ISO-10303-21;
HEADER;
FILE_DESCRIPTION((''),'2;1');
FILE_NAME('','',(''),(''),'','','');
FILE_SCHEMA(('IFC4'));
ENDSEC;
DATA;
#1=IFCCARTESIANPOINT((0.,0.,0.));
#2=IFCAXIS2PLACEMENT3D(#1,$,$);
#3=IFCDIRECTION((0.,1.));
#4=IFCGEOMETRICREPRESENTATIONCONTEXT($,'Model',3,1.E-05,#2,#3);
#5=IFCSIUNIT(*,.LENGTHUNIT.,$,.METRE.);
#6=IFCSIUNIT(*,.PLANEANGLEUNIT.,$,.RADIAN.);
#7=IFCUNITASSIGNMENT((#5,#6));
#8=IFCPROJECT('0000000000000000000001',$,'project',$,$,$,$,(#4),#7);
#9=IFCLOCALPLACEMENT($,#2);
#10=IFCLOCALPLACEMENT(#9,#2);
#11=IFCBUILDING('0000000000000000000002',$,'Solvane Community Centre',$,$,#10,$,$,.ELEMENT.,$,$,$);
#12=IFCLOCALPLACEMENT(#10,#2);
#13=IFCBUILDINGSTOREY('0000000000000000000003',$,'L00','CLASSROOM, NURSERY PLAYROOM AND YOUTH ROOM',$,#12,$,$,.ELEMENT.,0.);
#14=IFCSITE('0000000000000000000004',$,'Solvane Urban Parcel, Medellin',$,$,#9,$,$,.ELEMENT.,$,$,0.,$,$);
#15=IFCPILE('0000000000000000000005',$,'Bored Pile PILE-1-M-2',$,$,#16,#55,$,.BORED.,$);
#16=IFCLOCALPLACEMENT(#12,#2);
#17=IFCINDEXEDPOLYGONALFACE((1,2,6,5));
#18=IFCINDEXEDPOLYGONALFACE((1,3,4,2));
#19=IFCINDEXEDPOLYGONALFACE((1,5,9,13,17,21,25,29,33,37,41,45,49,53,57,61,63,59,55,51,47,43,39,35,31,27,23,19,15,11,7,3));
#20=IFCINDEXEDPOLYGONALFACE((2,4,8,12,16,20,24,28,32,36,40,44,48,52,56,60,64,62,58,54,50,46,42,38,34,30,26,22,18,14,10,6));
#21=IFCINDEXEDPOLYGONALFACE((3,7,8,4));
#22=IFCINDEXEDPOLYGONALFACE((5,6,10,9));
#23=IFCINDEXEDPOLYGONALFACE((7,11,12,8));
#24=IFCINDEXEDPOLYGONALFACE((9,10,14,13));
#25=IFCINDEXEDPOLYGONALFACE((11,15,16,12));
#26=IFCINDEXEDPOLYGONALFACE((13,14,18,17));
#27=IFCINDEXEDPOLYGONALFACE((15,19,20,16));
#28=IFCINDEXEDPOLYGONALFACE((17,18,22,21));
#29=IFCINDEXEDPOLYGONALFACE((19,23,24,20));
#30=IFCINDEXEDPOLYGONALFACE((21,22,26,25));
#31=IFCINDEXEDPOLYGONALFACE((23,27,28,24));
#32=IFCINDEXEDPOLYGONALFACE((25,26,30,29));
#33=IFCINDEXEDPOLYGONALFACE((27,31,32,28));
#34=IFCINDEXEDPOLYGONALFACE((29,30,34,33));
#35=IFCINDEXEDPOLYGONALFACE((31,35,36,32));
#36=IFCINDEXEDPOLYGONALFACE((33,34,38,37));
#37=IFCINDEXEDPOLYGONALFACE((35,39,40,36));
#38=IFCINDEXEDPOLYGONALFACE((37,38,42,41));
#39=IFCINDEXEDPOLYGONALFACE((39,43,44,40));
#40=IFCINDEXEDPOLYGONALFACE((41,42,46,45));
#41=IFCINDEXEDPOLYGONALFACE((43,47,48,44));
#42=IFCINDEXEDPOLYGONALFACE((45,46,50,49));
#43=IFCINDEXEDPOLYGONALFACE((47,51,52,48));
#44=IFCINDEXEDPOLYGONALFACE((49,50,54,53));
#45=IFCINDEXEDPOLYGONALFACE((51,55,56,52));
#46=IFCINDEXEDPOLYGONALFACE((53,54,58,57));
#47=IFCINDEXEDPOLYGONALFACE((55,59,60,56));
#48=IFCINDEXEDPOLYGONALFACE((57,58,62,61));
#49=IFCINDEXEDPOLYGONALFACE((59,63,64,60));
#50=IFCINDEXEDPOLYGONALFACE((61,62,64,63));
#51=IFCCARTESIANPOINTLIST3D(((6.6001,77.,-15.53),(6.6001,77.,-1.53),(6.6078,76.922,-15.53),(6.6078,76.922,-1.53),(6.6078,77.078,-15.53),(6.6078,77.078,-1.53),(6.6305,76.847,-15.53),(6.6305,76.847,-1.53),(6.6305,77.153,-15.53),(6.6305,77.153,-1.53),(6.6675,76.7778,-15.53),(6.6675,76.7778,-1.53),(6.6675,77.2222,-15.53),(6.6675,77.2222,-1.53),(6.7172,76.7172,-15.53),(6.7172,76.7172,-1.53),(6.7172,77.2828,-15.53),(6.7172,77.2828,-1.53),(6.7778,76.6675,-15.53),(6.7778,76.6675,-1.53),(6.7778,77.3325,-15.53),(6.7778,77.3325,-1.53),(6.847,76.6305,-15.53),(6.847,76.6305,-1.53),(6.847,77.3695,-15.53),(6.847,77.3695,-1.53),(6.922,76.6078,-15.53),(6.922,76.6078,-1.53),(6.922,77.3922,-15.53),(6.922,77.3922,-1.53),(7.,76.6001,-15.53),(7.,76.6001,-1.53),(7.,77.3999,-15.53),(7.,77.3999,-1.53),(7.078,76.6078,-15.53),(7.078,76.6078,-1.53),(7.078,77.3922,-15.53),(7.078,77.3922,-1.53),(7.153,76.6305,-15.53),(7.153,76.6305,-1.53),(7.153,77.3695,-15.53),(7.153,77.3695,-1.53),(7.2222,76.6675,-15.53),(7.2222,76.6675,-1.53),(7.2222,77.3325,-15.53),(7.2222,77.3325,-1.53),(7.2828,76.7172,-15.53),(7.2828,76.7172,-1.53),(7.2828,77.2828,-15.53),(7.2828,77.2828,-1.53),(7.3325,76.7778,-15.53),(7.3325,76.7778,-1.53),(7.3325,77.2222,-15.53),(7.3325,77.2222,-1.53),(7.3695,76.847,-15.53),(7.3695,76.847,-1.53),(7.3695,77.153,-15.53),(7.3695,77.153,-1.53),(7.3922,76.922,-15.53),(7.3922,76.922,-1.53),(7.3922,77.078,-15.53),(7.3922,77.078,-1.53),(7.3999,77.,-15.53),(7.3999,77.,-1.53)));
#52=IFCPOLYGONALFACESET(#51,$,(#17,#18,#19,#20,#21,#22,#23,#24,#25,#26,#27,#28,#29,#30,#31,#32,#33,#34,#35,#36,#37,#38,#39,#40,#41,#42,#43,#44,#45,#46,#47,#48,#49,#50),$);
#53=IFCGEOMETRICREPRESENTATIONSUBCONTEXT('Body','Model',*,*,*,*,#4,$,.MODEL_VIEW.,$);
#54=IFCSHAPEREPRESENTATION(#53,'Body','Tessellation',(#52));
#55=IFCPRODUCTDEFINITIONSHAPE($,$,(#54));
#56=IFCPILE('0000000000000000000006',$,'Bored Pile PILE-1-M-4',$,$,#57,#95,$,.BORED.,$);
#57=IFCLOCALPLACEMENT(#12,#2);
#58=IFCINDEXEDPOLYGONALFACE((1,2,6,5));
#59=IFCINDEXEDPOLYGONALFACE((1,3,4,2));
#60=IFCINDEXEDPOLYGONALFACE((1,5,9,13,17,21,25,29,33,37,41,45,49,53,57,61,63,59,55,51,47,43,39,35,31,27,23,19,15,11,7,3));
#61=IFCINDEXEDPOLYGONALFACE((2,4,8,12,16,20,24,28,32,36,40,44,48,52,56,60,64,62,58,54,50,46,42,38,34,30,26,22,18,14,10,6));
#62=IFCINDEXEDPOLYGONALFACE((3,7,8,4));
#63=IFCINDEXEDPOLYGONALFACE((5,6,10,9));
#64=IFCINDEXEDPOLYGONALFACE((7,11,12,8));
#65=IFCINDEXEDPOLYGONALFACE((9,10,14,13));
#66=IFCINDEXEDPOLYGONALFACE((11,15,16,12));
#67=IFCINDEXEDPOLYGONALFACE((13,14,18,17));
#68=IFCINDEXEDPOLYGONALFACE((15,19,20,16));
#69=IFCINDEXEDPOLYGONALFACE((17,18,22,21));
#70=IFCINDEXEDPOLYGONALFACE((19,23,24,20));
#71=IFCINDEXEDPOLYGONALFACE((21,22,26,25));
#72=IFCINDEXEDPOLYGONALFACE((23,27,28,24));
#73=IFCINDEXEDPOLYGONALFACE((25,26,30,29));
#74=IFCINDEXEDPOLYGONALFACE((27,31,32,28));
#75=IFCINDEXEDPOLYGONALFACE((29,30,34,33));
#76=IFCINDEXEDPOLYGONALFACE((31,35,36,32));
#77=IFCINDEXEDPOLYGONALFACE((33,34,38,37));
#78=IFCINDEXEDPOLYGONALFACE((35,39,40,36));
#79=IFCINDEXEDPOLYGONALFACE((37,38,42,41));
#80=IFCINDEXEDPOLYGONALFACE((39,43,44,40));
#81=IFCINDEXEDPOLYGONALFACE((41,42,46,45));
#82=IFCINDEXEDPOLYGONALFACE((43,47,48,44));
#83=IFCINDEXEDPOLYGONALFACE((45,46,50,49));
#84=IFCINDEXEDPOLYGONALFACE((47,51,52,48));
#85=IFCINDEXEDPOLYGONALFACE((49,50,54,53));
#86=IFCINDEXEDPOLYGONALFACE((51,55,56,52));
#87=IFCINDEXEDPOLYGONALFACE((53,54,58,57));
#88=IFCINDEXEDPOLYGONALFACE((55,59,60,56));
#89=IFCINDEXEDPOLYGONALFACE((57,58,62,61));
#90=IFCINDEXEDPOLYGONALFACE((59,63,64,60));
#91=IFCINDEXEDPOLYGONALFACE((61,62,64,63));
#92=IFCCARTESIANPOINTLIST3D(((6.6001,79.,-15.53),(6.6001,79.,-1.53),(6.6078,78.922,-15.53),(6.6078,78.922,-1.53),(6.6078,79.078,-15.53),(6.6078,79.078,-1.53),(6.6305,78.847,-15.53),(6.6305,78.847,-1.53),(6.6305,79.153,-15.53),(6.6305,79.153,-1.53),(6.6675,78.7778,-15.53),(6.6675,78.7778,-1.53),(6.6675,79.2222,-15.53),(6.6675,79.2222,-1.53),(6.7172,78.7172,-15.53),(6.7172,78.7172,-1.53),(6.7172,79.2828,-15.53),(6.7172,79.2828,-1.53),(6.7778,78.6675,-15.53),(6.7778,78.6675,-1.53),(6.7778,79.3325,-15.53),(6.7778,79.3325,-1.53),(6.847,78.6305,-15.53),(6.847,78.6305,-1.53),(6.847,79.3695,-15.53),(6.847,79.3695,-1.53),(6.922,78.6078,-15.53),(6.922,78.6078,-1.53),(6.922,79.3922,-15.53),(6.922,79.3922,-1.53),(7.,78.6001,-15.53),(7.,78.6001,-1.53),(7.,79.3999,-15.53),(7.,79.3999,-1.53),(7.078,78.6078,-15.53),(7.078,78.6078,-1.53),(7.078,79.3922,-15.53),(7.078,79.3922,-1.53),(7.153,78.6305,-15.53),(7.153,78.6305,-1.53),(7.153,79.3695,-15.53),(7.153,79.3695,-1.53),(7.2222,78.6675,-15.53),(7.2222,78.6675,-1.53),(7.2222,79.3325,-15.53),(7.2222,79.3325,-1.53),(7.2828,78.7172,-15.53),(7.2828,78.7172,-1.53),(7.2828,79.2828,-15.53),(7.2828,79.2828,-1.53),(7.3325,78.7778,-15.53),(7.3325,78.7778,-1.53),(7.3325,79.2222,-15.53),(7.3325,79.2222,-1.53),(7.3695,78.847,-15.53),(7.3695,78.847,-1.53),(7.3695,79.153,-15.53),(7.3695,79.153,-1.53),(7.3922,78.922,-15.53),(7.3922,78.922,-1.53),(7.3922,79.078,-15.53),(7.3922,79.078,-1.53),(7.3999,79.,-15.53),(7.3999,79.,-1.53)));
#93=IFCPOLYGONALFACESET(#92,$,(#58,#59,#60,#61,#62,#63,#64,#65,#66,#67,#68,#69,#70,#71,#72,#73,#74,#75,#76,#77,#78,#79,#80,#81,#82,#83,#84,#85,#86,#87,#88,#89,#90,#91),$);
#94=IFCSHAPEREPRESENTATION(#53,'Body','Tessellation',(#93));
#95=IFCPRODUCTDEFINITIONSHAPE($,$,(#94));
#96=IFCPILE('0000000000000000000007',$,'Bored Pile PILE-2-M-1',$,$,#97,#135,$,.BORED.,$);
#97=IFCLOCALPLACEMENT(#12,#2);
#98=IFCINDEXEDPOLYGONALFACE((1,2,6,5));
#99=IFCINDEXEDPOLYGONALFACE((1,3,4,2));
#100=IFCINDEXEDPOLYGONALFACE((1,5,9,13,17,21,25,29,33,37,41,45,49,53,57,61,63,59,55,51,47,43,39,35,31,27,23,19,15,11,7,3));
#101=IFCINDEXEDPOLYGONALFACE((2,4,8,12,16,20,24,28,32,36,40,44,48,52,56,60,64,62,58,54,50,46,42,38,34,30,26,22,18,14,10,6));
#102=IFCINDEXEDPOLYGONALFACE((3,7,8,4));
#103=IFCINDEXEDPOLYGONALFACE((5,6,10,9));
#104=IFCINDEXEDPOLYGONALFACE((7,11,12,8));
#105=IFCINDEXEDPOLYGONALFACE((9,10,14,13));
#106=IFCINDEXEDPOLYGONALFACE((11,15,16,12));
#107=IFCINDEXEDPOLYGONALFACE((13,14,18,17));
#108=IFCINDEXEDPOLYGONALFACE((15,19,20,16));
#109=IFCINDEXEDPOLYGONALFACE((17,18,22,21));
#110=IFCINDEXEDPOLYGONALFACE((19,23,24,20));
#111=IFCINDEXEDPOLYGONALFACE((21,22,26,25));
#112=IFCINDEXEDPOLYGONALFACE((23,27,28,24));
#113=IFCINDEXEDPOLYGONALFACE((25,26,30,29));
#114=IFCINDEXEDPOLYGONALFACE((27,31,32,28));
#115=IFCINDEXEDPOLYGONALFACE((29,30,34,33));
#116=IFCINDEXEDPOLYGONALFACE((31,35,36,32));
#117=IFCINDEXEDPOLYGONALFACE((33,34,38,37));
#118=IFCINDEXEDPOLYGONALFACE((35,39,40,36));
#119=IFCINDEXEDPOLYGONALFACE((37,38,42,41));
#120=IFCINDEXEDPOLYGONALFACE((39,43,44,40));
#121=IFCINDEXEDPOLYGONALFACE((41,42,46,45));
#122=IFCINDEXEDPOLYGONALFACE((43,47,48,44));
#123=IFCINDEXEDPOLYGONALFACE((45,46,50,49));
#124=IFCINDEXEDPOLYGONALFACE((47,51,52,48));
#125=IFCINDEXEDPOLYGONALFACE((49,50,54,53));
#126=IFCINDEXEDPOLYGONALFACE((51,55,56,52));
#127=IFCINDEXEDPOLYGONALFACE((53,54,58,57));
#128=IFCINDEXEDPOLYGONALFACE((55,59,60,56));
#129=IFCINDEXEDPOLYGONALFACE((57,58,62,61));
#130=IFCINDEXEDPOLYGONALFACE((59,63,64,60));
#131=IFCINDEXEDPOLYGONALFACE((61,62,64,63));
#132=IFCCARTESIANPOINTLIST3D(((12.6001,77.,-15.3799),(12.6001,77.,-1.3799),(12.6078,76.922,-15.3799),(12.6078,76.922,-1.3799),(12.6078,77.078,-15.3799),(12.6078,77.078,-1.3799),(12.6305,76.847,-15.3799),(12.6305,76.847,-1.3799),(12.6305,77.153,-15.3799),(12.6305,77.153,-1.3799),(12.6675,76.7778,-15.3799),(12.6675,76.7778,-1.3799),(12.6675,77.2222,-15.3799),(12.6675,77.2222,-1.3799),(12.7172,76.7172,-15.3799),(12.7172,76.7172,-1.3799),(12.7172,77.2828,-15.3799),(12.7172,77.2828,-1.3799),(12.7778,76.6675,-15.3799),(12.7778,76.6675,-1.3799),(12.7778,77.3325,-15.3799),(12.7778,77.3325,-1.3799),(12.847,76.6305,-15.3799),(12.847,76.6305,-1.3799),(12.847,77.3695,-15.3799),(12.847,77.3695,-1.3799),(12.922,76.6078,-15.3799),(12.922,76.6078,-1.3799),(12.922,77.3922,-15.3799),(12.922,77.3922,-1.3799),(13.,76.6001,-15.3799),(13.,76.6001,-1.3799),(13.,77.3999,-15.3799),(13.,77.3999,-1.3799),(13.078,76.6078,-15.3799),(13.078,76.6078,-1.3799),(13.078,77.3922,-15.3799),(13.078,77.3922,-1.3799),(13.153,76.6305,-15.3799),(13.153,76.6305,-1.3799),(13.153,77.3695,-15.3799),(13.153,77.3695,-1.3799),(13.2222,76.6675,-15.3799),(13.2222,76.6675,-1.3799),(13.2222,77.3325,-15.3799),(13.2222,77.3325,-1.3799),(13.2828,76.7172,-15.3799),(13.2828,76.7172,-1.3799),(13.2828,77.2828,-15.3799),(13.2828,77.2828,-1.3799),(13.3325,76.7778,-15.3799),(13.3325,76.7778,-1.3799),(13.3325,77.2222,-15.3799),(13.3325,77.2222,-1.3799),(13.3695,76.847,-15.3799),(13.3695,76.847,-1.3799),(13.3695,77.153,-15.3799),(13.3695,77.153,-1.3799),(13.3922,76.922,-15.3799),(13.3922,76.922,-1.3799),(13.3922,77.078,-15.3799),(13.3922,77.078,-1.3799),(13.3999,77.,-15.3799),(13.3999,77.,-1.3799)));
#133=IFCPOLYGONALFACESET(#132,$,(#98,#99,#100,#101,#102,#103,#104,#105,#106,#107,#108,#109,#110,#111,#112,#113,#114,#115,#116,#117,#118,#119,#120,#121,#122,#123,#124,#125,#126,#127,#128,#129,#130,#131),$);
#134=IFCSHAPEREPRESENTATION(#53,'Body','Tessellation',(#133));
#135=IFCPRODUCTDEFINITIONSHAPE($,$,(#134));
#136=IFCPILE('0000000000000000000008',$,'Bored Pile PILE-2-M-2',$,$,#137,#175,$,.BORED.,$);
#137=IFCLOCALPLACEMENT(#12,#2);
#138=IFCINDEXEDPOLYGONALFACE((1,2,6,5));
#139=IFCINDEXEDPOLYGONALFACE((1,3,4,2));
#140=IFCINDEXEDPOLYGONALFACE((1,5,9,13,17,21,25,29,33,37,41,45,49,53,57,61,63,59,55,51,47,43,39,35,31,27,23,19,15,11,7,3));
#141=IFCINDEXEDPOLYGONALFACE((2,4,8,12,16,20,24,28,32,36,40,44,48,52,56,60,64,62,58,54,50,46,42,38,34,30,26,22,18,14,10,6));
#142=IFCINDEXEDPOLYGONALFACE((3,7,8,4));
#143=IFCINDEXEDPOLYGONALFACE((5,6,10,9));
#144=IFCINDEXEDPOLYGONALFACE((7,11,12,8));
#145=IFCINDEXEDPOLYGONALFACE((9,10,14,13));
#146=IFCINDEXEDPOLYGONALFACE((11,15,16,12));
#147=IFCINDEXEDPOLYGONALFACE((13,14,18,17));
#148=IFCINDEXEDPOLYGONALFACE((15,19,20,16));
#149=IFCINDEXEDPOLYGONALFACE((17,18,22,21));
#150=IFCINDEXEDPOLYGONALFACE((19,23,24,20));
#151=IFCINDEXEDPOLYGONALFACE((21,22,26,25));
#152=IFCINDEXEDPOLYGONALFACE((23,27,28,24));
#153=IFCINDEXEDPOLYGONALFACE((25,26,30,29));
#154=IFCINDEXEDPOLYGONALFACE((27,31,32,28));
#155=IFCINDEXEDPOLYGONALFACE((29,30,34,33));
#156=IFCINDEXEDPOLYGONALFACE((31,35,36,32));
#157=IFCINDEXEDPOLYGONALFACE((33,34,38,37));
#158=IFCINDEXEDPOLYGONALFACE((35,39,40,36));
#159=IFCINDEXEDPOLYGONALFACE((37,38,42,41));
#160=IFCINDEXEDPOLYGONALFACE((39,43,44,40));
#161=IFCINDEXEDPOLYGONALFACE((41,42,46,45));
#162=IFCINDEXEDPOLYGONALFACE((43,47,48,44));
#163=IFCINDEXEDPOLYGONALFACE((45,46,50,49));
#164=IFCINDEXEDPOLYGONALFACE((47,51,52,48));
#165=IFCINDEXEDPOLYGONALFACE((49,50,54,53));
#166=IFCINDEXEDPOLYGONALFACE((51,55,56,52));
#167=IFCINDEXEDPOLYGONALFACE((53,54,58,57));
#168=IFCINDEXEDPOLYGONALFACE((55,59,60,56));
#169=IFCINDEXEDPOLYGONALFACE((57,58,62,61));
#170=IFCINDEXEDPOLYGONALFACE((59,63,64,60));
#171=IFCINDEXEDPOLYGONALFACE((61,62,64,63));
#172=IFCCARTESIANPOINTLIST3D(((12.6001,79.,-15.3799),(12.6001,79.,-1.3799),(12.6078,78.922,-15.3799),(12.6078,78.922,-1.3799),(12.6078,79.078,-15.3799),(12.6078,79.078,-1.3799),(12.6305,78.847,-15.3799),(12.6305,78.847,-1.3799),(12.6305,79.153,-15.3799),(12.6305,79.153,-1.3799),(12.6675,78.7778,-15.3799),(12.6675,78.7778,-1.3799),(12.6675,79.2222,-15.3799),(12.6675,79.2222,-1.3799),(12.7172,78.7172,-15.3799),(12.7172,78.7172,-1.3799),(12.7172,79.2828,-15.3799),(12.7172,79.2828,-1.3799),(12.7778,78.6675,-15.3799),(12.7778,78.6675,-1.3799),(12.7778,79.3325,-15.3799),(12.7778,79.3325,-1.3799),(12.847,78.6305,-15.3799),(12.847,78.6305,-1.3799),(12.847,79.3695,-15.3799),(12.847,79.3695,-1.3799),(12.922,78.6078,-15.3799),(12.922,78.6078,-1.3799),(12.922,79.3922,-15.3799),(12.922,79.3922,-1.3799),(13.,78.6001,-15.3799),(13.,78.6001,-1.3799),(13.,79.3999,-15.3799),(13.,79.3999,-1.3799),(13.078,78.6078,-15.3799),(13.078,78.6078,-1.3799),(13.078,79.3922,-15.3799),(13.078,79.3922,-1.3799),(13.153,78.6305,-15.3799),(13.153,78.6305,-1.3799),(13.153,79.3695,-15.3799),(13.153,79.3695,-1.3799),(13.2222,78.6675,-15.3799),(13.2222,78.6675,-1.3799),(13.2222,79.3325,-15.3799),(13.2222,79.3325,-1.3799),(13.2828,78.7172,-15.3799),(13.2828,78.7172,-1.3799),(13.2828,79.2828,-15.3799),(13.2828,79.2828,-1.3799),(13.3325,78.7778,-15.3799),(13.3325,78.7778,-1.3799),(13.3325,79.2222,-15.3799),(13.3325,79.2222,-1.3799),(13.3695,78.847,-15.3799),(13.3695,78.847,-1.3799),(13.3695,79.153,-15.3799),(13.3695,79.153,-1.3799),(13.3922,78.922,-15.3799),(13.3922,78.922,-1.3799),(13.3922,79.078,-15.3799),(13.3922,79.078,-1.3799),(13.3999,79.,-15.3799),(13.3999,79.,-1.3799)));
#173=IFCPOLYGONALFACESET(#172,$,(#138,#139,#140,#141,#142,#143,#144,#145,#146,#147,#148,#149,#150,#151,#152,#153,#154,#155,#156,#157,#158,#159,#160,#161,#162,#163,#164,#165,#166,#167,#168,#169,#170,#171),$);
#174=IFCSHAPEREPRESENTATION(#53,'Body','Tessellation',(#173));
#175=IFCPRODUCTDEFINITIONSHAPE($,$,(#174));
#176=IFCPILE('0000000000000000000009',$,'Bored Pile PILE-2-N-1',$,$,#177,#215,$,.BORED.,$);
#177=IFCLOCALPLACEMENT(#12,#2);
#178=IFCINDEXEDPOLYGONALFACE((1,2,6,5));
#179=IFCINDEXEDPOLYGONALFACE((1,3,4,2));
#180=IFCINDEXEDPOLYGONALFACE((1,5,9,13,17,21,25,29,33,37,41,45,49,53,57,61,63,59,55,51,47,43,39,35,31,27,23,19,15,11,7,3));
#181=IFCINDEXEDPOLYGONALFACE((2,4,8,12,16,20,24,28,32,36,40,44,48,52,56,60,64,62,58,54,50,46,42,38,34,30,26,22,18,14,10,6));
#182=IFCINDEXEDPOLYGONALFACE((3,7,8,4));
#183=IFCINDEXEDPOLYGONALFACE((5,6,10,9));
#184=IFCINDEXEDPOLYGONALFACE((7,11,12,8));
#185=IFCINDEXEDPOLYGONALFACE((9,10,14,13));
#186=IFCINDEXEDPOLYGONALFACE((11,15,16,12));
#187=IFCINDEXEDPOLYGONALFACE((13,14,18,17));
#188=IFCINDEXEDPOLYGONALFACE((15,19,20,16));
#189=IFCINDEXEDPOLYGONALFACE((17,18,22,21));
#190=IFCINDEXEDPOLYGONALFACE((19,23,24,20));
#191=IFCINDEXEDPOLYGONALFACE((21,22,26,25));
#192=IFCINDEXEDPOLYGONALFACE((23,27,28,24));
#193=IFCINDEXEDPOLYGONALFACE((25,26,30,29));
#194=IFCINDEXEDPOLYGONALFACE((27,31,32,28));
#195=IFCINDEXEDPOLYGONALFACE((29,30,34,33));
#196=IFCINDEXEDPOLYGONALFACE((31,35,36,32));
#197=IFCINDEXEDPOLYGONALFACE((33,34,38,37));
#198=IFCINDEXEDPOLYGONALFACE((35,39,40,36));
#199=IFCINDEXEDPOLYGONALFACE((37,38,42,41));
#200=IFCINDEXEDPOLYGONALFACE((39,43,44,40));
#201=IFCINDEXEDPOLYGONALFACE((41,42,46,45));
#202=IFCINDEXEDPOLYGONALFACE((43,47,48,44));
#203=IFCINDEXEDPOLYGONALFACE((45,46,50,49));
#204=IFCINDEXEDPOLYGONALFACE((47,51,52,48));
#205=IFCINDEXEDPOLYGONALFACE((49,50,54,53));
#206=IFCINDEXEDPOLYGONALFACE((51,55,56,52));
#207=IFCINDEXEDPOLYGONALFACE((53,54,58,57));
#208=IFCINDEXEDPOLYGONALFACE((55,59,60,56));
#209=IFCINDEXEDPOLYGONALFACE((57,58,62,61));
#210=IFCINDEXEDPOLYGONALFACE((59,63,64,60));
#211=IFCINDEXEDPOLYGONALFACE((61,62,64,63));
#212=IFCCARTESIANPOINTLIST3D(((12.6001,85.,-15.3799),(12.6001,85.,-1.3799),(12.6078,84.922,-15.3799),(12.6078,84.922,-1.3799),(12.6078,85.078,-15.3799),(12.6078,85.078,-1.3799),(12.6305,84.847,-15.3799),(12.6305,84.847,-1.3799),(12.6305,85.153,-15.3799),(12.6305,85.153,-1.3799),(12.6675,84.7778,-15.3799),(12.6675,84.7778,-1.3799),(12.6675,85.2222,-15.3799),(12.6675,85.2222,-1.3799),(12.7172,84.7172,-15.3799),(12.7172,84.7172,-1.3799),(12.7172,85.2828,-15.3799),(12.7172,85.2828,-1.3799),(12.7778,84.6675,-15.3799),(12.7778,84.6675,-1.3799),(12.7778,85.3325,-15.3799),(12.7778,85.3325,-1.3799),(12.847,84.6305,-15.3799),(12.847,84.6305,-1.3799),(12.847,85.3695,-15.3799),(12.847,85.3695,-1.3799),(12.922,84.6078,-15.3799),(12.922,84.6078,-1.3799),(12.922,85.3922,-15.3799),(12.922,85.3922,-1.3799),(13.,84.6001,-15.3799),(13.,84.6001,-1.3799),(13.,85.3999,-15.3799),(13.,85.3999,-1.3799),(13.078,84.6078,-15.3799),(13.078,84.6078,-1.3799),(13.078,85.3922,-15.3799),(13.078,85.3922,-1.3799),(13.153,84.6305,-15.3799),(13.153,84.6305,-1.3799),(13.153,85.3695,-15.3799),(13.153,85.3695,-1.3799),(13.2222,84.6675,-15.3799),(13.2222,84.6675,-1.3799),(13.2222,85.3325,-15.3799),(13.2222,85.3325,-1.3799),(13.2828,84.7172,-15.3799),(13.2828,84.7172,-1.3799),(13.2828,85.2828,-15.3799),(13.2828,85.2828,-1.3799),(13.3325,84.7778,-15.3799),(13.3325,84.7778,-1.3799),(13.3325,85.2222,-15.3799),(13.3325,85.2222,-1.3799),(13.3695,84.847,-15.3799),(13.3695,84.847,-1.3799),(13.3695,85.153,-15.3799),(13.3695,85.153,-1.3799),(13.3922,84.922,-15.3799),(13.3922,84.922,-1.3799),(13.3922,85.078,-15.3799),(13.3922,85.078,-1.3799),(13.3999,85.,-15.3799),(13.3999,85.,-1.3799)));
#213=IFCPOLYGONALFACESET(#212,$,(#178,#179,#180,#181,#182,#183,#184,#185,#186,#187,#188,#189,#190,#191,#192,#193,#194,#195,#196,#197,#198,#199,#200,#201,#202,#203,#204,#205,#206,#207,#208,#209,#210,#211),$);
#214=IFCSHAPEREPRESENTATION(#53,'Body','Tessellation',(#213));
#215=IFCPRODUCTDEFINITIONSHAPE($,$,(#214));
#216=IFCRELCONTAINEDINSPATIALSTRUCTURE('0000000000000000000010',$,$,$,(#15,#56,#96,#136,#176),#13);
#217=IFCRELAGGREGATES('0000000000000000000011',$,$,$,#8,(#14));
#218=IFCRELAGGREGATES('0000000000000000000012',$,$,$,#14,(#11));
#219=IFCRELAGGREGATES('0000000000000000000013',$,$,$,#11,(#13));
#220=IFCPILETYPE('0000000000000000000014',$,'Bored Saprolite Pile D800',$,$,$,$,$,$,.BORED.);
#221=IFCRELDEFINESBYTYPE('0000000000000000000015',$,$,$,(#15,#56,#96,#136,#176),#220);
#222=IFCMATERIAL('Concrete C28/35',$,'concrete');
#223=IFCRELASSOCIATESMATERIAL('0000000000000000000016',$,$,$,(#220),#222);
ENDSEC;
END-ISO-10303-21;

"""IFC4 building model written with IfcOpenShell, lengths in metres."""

from ifc_helpers import new_model, si_unit, direction, frame, origin, origin_2d, place, context, subcontext, project, spatial, circle, extrude, material, material_profile, profile_set, type_object, element, save


model = new_model("IFC4")

# Units and contexts
model_context = context("Model", 3, precision=1e-05, world=origin(), true_north=direction((0.0, 1.0)))
body_context = subcontext(model_context, "Body", "Model", "MODEL_VIEW")
ifc_project = project(units=[si_unit("LENGTHUNIT", "METRE"), si_unit("PLANEANGLEUNIT", "RADIAN")], contexts=[model_context])

# Site, building, storey
site_placement = place(None, origin())
site = spatial("IfcSite", under=ifc_project, at=site_placement, Name="Solvane Urban Parcel, Medellin", CompositionType="ELEMENT", RefElevation=0.0)
building_placement = place(site_placement, origin())
building = spatial("IfcBuilding", under=site, at=building_placement, Name="Solvane Community Centre", CompositionType="ELEMENT")
storey_placement = place(building_placement, origin())
storey = spatial("IfcBuildingStorey", under=building, at=storey_placement, Name="L00", Description="CLASSROOM, NURSERY PLAYROOM AND YOUTH ROOM", CompositionType="ELEMENT", Elevation=0.0)

# Piles
ifc_material_1 = material(Name="Concrete C28/35", Category="concrete")
ifc_material_profile_1 = material_profile(ifc_material_1, circle(Radius=0.3999, at=origin_2d()), Name="PILE D800")
ifc_profile_set_1 = profile_set([ifc_material_profile_1], Name="Concrete C28/35")
pile_type = type_object("IfcPileType", Name="Bored Saprolite Pile D800", PredefinedType="BORED", material=ifc_profile_set_1)
for number, where, z_axis, x_axis, name in (
    (1, (7.0, 77.0, -1.53), (0.0, 0.0, -1.0), (1.0, 0.0, 0.0), "Bored Pile PILE-1-M-2"),
    (2, (7.0, 79.0, -1.53), (0.0, 0.0, -1.0), (1.0, 0.0, 0.0), "Bored Pile PILE-1-M-4"),
    (3, (13.0, 77.0, -1.3799), (0.0, 0.0, -1.0), (1.0, 0.0, 0.0), "Bored Pile PILE-2-M-1"),
    (4, (13.0, 79.0, -1.3799), (0.0, 0.0, -1.0), (1.0, 0.0, 0.0), "Bored Pile PILE-2-M-2"),
    (5, (13.0, 85.0, -1.3799), (0.0, 0.0, -1.0), (1.0, 0.0, 0.0), "Bored Pile PILE-2-N-1"),
):
    element("IfcPile", number, at=place(storey_placement, frame(where, z_axis=z_axis, x_axis=x_axis)), inside=storey, type_object=pile_type, Name=name, PredefinedType="BORED", context=body_context, shape_type="SweptSolid", body=[
        extrude(circle(Radius=0.3999, at=origin_2d()), origin(), (0.0, 0.0, 1.0), 14.0),
    ])

save(model, "model.ifc")
